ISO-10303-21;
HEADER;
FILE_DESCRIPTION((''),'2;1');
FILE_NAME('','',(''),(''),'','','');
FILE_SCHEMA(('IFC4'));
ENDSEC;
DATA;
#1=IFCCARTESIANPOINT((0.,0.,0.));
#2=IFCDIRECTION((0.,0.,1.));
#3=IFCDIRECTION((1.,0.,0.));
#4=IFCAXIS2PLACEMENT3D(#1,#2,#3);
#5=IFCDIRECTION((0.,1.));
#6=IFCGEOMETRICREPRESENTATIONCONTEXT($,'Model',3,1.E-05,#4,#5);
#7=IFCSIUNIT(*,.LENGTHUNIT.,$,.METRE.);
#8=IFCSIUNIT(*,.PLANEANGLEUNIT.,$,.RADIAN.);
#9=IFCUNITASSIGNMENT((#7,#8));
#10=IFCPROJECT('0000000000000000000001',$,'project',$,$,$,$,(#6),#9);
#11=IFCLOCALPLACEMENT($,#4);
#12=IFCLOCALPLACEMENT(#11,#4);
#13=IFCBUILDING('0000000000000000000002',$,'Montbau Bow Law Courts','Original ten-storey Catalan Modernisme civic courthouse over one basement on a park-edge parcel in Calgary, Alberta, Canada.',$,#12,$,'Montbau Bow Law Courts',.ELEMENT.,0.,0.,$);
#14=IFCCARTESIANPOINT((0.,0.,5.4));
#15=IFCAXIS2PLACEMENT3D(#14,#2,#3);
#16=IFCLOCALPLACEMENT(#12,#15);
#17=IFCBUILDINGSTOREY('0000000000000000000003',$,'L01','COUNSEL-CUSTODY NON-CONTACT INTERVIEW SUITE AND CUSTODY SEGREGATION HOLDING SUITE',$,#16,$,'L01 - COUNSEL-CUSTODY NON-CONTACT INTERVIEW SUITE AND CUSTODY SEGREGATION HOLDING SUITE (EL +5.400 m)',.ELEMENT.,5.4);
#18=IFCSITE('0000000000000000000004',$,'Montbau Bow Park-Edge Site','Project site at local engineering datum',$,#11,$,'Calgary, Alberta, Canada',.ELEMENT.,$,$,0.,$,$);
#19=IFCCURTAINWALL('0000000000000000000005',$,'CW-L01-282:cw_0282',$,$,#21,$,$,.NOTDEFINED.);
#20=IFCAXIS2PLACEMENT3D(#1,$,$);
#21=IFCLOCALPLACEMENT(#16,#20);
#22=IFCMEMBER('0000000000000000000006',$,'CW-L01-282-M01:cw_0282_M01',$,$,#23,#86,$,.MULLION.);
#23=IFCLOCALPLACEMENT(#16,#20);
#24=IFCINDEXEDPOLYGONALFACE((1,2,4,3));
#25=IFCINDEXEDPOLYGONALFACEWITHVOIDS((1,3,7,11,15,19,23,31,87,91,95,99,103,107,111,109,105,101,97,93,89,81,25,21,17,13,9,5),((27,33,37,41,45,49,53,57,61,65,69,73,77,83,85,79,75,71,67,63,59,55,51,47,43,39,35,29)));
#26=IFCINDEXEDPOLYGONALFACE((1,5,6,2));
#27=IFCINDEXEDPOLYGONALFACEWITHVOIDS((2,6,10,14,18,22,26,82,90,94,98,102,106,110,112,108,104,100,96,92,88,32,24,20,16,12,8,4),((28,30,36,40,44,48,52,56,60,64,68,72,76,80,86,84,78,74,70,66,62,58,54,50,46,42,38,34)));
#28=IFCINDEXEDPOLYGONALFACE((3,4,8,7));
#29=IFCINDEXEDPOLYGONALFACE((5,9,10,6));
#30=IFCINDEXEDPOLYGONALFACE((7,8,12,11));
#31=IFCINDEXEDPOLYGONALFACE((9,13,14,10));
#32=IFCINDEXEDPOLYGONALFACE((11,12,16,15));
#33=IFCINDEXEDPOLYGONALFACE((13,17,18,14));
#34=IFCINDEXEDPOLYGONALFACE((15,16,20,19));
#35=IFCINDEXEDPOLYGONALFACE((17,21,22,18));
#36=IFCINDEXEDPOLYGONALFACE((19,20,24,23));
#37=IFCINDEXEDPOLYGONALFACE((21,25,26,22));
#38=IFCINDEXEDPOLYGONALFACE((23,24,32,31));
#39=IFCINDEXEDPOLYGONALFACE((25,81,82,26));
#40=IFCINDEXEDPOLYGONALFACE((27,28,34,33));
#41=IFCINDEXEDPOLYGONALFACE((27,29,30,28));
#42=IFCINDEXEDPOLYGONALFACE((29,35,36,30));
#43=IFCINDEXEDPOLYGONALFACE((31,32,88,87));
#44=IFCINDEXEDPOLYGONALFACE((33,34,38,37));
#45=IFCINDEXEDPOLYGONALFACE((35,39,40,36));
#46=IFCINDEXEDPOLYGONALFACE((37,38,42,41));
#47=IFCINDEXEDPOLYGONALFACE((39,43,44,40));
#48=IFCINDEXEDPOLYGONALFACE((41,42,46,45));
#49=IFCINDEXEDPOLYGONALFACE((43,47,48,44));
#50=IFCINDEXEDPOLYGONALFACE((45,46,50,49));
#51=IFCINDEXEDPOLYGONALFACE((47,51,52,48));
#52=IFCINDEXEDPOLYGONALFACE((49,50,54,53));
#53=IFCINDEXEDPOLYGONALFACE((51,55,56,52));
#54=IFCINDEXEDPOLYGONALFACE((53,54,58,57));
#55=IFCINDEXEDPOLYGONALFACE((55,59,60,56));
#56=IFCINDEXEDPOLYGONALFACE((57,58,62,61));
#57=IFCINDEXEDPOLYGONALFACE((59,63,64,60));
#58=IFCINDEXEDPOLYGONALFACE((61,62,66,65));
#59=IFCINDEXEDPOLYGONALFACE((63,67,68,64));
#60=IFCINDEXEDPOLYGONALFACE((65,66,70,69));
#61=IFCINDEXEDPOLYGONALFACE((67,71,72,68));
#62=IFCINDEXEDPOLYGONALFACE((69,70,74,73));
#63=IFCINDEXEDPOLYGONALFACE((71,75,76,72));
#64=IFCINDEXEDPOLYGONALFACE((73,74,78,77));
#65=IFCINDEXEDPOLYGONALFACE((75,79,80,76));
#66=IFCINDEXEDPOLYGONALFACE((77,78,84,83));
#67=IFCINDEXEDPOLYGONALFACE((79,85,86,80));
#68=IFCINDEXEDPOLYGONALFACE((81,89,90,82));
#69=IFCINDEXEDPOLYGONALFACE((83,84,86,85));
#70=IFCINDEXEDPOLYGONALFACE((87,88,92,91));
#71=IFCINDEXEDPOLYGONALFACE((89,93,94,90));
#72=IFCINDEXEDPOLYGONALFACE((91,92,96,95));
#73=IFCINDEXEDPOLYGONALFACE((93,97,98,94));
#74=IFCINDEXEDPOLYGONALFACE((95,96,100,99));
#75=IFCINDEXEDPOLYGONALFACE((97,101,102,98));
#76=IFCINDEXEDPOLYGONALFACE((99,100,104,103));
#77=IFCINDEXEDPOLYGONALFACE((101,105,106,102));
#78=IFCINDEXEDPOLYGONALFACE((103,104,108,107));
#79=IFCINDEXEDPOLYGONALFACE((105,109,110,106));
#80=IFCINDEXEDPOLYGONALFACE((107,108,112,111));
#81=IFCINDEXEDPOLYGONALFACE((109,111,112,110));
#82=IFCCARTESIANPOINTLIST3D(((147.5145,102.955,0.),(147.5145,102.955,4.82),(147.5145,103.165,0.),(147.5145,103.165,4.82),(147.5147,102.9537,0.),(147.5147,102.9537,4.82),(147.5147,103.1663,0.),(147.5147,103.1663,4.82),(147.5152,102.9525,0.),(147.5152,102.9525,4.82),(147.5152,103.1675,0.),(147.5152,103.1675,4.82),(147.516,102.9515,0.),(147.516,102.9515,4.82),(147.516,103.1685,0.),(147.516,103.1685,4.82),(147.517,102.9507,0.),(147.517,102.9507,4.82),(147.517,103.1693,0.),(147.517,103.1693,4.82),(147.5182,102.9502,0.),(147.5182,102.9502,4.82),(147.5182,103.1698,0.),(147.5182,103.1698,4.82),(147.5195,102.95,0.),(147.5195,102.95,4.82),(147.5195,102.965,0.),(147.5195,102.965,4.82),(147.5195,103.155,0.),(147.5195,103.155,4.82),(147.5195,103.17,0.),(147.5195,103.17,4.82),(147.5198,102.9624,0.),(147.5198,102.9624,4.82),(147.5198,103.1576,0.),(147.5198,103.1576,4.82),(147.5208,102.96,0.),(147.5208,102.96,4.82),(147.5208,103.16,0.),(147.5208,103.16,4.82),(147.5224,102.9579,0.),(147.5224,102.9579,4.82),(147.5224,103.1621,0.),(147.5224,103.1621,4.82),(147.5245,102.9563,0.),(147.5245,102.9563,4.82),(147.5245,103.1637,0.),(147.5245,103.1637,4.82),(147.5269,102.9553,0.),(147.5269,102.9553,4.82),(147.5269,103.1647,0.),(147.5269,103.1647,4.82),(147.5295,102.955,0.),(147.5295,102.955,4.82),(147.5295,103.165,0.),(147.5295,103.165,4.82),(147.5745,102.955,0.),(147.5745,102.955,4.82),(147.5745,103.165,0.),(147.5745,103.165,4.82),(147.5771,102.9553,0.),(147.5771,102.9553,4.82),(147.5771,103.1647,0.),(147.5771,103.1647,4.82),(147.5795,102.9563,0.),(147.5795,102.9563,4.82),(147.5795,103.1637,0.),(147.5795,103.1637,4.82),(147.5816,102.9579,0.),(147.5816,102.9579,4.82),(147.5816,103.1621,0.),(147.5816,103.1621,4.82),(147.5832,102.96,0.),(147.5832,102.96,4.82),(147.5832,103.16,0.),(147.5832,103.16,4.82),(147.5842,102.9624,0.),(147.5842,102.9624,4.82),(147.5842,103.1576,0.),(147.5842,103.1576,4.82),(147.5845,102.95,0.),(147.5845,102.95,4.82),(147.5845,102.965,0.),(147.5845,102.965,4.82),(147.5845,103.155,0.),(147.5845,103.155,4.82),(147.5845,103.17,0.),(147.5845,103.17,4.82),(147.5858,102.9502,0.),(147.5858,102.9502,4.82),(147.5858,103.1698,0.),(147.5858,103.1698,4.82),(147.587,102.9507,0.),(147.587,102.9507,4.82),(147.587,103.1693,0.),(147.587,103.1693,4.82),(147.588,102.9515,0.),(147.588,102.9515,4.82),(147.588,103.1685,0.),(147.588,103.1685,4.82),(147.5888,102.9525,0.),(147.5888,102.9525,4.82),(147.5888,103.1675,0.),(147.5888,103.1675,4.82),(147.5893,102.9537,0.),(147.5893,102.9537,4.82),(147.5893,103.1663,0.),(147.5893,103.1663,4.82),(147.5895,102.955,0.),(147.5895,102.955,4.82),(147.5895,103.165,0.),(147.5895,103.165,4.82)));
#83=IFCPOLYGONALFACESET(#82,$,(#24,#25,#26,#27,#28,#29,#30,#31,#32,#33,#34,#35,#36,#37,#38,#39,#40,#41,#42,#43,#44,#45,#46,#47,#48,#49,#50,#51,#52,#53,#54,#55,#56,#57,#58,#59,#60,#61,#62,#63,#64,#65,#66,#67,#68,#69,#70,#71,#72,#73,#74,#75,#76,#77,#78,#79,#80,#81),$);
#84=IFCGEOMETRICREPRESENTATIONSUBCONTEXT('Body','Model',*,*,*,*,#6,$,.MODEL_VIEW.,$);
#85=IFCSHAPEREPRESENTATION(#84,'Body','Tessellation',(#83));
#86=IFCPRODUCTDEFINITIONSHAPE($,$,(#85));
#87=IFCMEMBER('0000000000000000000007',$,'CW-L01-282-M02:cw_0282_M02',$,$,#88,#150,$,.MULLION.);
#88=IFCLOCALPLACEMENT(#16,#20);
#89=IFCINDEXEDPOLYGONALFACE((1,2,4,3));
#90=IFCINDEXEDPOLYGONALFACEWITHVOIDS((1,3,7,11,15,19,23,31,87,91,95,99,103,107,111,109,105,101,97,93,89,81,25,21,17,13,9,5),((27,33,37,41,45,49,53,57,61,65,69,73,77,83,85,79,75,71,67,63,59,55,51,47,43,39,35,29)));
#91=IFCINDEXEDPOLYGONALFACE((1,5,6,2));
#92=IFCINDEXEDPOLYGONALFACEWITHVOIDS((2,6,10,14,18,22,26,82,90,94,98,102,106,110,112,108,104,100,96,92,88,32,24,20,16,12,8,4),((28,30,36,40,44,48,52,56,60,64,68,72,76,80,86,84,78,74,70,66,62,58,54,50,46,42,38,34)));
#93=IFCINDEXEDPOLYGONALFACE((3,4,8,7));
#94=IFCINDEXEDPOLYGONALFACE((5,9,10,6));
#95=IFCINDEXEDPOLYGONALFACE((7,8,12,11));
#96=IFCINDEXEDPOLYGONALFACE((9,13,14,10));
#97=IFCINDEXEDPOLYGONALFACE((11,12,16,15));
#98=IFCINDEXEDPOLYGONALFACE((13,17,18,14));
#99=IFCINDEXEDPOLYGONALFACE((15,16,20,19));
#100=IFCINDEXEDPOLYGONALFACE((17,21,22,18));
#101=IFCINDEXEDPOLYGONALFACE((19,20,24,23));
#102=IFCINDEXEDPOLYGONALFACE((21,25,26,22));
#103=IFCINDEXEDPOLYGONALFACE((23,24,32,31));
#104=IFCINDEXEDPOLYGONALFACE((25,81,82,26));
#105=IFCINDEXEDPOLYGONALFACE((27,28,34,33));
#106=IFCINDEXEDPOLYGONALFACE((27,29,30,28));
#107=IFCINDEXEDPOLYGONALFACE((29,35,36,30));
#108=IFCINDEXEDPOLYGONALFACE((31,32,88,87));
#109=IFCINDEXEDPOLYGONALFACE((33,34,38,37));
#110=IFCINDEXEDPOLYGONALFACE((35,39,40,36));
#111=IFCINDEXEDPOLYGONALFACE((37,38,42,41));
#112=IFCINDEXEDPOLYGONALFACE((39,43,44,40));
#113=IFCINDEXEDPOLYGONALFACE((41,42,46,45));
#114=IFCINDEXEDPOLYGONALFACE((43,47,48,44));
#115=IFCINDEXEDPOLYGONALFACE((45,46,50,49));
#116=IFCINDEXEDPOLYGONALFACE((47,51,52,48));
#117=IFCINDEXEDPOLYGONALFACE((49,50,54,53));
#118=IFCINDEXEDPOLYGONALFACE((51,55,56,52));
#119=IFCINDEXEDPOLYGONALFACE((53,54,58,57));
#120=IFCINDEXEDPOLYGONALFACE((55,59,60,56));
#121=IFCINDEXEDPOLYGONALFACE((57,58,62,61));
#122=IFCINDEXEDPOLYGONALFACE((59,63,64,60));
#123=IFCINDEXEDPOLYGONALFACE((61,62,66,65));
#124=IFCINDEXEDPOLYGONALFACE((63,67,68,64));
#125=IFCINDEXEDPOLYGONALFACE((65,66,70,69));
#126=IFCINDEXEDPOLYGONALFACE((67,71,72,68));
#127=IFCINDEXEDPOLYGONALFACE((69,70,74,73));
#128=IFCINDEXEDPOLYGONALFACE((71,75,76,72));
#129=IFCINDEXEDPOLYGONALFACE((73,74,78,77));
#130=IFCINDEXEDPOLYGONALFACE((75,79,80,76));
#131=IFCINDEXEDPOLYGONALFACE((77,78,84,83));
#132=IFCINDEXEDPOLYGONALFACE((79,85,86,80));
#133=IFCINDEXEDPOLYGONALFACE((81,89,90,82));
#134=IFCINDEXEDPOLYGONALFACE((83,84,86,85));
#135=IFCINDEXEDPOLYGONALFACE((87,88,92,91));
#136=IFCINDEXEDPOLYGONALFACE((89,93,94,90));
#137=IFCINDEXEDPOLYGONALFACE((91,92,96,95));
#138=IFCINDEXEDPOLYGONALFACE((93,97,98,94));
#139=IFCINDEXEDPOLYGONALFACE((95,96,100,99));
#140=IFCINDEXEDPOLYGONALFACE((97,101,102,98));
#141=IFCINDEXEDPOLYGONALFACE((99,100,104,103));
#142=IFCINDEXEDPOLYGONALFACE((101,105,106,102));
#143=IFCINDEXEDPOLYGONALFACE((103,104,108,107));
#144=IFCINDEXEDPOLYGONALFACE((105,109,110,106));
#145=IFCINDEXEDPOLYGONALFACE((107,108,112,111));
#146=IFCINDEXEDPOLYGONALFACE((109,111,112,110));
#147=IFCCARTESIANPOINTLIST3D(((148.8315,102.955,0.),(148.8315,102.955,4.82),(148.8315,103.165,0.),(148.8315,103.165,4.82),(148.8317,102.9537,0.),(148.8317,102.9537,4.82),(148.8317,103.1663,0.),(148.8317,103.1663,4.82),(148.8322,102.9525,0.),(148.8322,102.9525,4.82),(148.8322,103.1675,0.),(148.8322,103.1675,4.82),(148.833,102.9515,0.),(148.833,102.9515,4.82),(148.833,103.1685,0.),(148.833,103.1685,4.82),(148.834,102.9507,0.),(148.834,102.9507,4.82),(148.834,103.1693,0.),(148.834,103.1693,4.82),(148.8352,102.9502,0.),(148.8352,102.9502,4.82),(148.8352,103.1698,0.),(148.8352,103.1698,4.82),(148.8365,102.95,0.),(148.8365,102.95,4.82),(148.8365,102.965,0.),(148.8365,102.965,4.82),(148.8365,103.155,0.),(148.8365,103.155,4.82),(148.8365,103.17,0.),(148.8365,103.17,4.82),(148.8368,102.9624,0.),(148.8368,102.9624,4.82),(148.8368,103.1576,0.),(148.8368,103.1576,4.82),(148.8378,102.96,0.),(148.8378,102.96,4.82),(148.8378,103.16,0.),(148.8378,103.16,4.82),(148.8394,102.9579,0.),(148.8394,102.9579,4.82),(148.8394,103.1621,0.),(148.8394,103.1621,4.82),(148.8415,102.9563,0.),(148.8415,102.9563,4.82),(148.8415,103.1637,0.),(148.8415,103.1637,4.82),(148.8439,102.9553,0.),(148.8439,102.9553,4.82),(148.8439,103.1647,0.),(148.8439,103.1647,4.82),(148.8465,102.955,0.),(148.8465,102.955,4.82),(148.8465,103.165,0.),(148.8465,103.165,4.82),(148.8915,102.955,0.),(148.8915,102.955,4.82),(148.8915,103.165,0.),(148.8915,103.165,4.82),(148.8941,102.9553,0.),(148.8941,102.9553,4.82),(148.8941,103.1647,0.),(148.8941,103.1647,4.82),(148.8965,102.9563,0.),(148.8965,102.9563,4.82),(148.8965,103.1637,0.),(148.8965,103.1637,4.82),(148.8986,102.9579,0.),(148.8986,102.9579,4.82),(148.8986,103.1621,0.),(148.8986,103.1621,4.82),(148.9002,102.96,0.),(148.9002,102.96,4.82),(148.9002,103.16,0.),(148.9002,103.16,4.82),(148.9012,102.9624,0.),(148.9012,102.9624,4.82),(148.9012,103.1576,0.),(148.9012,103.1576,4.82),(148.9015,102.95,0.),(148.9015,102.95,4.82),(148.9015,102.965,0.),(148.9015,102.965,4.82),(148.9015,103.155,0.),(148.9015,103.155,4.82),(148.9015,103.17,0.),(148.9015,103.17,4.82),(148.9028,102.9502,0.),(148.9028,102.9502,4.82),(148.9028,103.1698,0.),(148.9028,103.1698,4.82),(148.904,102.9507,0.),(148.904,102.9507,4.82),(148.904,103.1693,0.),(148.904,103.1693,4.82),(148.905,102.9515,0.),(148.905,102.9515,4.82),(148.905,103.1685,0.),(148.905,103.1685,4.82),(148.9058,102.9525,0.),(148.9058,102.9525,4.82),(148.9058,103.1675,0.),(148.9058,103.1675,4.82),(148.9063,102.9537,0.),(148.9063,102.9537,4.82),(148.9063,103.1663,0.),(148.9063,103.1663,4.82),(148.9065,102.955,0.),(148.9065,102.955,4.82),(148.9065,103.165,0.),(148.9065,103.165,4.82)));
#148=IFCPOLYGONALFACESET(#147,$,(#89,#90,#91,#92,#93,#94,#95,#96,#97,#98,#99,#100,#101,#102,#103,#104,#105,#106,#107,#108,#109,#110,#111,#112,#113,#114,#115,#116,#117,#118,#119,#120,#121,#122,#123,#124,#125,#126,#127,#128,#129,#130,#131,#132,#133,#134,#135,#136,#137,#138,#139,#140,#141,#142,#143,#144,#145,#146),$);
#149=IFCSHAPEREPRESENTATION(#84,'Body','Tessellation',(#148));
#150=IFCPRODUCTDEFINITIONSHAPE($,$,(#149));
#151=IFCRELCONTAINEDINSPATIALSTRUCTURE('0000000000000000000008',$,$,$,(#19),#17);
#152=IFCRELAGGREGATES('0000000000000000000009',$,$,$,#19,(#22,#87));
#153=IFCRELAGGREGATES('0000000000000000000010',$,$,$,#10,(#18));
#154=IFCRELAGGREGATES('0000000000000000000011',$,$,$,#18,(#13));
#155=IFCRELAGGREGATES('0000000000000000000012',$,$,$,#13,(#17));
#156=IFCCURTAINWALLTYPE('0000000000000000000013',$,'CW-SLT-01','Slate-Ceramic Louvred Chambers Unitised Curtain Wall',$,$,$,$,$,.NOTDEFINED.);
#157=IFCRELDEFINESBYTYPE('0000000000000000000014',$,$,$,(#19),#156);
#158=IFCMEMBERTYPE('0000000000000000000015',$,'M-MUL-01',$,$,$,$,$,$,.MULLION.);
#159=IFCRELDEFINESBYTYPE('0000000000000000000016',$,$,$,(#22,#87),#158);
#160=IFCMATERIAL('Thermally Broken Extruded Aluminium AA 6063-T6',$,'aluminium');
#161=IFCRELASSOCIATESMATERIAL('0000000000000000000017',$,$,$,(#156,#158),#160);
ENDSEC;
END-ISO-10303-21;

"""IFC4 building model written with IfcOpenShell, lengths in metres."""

from ifc_helpers import new_model, si_unit, direction, frame, origin_with_axes, origin_2d_with_axis, place, context, subcontext, project, spatial, hollow_rectangle, extrude, material, material_profile, profile_set, type_object, element, aggregate, save


model = new_model("IFC4")

# Units and contexts
model_context = context("Model", 3, precision=1e-05, world=origin_with_axes(), true_north=direction((0.0, 1.0)))
body_context = subcontext(model_context, "Body", "Model", "MODEL_VIEW")
ifc_project = project(units=[si_unit("LENGTHUNIT", "METRE"), si_unit("PLANEANGLEUNIT", "RADIAN")], contexts=[model_context])

# Site, building, storey
site_placement = place(None, origin_with_axes())
site = spatial("IfcSite", under=ifc_project, at=site_placement, Name="Montbau Bow Park-Edge Site", Description="Project site at local engineering datum", LongName="Calgary, Alberta, Canada", CompositionType="ELEMENT", RefElevation=0.0)
building_placement = place(site_placement, origin_with_axes())
building = spatial("IfcBuilding", under=site, at=building_placement, Name="Montbau Bow Law Courts", Description="Original ten-storey Catalan Modernisme civic courthouse over one basement on a park-edge parcel in Calgary, Alberta, Canada.", LongName="Montbau Bow Law Courts", CompositionType="ELEMENT", ElevationOfRefHeight=0.0, ElevationOfTerrain=0.0)
storey_placement = place(building_placement, frame((0.0, 0.0, 5.4), z_axis=(0.0, 0.0, 1.0), x_axis=(1.0, 0.0, 0.0)))
storey = spatial("IfcBuildingStorey", under=building, at=storey_placement, Name="L01", Description="COUNSEL-CUSTODY NON-CONTACT INTERVIEW SUITE AND CUSTODY SEGREGATION HOLDING SUITE", LongName="L01 - COUNSEL-CUSTODY NON-CONTACT INTERVIEW SUITE AND CUSTODY SEGREGATION HOLDING SUITE (EL +5.400 m)", CompositionType="ELEMENT", Elevation=5.4)

# Curtain wall, members
ifc_material_1 = material(Name="Thermally Broken Extruded Aluminium AA 6063-T6", Category="aluminium")
curtain_wall_type = type_object("IfcCurtainWallType", Name="CW-SLT-01", Description="Slate-Ceramic Louvred Chambers Unitised Curtain Wall", PredefinedType="NOTDEFINED", material=ifc_material_1)
curtain_wall_placement = place(None, frame((147.515, 103.06, 5.4), z_axis=(0.0, 0.0, 1.0), x_axis=(1.0, 0.0, 0.0)))
curtain_wall = element("IfcCurtainWall", 1, at=curtain_wall_placement, inside=storey, type_object=curtain_wall_type, Name="CW-L01-282:cw_0282", PredefinedType="NOTDEFINED")
ifc_material_profile_1 = material_profile(ifc_material_1, hollow_rectangle(XDim=0.075, YDim=0.22, WallThickness=0.005, InnerFilletRadius=0.01, OuterFilletRadius=0.005, at=origin_2d_with_axis()), Name="CWM-220X75", Category="Main", Priority=0)
ifc_profile_set_1 = profile_set([ifc_material_profile_1], Name="Thermally Broken Extruded Aluminium AA 6063-T6")
member_type_1 = type_object("IfcMemberType", Name="M-MUL-01", PredefinedType="MULLION", material=ifc_profile_set_1)
member_1_placement = place(None, frame((147.552, 103.06, 5.4), z_axis=(0.0, 0.0, 1.0), x_axis=(1.0, 0.0, 0.0)))
member_1 = element("IfcMember", 2, at=member_1_placement, type_object=member_type_1, Name="CW-L01-282-M01:cw_0282_M01", PredefinedType="MULLION", context=body_context, shape_type="SweptSolid", body=[
    extrude(hollow_rectangle(XDim=0.075, YDim=0.22, WallThickness=0.005, InnerFilletRadius=0.01, OuterFilletRadius=0.005, at=origin_2d_with_axis()), origin_with_axes(), (0.0, 0.0, 1.0), 4.82),
])
member_2_placement = place(None, frame((148.869, 103.06, 5.4), z_axis=(0.0, 0.0, 1.0), x_axis=(1.0, 0.0, 0.0)))
member_2 = element("IfcMember", 3, at=member_2_placement, type_object=member_type_1, Name="CW-L01-282-M02:cw_0282_M02", PredefinedType="MULLION", context=body_context, shape_type="SweptSolid", body=[
    extrude(hollow_rectangle(XDim=0.075, YDim=0.22, WallThickness=0.005, InnerFilletRadius=0.01, OuterFilletRadius=0.005, at=origin_2d_with_axis()), origin_with_axes(), (0.0, 0.0, 1.0), 4.82),
])
aggregate(curtain_wall, [member_1, member_2])

save(model, "model.ifc")
